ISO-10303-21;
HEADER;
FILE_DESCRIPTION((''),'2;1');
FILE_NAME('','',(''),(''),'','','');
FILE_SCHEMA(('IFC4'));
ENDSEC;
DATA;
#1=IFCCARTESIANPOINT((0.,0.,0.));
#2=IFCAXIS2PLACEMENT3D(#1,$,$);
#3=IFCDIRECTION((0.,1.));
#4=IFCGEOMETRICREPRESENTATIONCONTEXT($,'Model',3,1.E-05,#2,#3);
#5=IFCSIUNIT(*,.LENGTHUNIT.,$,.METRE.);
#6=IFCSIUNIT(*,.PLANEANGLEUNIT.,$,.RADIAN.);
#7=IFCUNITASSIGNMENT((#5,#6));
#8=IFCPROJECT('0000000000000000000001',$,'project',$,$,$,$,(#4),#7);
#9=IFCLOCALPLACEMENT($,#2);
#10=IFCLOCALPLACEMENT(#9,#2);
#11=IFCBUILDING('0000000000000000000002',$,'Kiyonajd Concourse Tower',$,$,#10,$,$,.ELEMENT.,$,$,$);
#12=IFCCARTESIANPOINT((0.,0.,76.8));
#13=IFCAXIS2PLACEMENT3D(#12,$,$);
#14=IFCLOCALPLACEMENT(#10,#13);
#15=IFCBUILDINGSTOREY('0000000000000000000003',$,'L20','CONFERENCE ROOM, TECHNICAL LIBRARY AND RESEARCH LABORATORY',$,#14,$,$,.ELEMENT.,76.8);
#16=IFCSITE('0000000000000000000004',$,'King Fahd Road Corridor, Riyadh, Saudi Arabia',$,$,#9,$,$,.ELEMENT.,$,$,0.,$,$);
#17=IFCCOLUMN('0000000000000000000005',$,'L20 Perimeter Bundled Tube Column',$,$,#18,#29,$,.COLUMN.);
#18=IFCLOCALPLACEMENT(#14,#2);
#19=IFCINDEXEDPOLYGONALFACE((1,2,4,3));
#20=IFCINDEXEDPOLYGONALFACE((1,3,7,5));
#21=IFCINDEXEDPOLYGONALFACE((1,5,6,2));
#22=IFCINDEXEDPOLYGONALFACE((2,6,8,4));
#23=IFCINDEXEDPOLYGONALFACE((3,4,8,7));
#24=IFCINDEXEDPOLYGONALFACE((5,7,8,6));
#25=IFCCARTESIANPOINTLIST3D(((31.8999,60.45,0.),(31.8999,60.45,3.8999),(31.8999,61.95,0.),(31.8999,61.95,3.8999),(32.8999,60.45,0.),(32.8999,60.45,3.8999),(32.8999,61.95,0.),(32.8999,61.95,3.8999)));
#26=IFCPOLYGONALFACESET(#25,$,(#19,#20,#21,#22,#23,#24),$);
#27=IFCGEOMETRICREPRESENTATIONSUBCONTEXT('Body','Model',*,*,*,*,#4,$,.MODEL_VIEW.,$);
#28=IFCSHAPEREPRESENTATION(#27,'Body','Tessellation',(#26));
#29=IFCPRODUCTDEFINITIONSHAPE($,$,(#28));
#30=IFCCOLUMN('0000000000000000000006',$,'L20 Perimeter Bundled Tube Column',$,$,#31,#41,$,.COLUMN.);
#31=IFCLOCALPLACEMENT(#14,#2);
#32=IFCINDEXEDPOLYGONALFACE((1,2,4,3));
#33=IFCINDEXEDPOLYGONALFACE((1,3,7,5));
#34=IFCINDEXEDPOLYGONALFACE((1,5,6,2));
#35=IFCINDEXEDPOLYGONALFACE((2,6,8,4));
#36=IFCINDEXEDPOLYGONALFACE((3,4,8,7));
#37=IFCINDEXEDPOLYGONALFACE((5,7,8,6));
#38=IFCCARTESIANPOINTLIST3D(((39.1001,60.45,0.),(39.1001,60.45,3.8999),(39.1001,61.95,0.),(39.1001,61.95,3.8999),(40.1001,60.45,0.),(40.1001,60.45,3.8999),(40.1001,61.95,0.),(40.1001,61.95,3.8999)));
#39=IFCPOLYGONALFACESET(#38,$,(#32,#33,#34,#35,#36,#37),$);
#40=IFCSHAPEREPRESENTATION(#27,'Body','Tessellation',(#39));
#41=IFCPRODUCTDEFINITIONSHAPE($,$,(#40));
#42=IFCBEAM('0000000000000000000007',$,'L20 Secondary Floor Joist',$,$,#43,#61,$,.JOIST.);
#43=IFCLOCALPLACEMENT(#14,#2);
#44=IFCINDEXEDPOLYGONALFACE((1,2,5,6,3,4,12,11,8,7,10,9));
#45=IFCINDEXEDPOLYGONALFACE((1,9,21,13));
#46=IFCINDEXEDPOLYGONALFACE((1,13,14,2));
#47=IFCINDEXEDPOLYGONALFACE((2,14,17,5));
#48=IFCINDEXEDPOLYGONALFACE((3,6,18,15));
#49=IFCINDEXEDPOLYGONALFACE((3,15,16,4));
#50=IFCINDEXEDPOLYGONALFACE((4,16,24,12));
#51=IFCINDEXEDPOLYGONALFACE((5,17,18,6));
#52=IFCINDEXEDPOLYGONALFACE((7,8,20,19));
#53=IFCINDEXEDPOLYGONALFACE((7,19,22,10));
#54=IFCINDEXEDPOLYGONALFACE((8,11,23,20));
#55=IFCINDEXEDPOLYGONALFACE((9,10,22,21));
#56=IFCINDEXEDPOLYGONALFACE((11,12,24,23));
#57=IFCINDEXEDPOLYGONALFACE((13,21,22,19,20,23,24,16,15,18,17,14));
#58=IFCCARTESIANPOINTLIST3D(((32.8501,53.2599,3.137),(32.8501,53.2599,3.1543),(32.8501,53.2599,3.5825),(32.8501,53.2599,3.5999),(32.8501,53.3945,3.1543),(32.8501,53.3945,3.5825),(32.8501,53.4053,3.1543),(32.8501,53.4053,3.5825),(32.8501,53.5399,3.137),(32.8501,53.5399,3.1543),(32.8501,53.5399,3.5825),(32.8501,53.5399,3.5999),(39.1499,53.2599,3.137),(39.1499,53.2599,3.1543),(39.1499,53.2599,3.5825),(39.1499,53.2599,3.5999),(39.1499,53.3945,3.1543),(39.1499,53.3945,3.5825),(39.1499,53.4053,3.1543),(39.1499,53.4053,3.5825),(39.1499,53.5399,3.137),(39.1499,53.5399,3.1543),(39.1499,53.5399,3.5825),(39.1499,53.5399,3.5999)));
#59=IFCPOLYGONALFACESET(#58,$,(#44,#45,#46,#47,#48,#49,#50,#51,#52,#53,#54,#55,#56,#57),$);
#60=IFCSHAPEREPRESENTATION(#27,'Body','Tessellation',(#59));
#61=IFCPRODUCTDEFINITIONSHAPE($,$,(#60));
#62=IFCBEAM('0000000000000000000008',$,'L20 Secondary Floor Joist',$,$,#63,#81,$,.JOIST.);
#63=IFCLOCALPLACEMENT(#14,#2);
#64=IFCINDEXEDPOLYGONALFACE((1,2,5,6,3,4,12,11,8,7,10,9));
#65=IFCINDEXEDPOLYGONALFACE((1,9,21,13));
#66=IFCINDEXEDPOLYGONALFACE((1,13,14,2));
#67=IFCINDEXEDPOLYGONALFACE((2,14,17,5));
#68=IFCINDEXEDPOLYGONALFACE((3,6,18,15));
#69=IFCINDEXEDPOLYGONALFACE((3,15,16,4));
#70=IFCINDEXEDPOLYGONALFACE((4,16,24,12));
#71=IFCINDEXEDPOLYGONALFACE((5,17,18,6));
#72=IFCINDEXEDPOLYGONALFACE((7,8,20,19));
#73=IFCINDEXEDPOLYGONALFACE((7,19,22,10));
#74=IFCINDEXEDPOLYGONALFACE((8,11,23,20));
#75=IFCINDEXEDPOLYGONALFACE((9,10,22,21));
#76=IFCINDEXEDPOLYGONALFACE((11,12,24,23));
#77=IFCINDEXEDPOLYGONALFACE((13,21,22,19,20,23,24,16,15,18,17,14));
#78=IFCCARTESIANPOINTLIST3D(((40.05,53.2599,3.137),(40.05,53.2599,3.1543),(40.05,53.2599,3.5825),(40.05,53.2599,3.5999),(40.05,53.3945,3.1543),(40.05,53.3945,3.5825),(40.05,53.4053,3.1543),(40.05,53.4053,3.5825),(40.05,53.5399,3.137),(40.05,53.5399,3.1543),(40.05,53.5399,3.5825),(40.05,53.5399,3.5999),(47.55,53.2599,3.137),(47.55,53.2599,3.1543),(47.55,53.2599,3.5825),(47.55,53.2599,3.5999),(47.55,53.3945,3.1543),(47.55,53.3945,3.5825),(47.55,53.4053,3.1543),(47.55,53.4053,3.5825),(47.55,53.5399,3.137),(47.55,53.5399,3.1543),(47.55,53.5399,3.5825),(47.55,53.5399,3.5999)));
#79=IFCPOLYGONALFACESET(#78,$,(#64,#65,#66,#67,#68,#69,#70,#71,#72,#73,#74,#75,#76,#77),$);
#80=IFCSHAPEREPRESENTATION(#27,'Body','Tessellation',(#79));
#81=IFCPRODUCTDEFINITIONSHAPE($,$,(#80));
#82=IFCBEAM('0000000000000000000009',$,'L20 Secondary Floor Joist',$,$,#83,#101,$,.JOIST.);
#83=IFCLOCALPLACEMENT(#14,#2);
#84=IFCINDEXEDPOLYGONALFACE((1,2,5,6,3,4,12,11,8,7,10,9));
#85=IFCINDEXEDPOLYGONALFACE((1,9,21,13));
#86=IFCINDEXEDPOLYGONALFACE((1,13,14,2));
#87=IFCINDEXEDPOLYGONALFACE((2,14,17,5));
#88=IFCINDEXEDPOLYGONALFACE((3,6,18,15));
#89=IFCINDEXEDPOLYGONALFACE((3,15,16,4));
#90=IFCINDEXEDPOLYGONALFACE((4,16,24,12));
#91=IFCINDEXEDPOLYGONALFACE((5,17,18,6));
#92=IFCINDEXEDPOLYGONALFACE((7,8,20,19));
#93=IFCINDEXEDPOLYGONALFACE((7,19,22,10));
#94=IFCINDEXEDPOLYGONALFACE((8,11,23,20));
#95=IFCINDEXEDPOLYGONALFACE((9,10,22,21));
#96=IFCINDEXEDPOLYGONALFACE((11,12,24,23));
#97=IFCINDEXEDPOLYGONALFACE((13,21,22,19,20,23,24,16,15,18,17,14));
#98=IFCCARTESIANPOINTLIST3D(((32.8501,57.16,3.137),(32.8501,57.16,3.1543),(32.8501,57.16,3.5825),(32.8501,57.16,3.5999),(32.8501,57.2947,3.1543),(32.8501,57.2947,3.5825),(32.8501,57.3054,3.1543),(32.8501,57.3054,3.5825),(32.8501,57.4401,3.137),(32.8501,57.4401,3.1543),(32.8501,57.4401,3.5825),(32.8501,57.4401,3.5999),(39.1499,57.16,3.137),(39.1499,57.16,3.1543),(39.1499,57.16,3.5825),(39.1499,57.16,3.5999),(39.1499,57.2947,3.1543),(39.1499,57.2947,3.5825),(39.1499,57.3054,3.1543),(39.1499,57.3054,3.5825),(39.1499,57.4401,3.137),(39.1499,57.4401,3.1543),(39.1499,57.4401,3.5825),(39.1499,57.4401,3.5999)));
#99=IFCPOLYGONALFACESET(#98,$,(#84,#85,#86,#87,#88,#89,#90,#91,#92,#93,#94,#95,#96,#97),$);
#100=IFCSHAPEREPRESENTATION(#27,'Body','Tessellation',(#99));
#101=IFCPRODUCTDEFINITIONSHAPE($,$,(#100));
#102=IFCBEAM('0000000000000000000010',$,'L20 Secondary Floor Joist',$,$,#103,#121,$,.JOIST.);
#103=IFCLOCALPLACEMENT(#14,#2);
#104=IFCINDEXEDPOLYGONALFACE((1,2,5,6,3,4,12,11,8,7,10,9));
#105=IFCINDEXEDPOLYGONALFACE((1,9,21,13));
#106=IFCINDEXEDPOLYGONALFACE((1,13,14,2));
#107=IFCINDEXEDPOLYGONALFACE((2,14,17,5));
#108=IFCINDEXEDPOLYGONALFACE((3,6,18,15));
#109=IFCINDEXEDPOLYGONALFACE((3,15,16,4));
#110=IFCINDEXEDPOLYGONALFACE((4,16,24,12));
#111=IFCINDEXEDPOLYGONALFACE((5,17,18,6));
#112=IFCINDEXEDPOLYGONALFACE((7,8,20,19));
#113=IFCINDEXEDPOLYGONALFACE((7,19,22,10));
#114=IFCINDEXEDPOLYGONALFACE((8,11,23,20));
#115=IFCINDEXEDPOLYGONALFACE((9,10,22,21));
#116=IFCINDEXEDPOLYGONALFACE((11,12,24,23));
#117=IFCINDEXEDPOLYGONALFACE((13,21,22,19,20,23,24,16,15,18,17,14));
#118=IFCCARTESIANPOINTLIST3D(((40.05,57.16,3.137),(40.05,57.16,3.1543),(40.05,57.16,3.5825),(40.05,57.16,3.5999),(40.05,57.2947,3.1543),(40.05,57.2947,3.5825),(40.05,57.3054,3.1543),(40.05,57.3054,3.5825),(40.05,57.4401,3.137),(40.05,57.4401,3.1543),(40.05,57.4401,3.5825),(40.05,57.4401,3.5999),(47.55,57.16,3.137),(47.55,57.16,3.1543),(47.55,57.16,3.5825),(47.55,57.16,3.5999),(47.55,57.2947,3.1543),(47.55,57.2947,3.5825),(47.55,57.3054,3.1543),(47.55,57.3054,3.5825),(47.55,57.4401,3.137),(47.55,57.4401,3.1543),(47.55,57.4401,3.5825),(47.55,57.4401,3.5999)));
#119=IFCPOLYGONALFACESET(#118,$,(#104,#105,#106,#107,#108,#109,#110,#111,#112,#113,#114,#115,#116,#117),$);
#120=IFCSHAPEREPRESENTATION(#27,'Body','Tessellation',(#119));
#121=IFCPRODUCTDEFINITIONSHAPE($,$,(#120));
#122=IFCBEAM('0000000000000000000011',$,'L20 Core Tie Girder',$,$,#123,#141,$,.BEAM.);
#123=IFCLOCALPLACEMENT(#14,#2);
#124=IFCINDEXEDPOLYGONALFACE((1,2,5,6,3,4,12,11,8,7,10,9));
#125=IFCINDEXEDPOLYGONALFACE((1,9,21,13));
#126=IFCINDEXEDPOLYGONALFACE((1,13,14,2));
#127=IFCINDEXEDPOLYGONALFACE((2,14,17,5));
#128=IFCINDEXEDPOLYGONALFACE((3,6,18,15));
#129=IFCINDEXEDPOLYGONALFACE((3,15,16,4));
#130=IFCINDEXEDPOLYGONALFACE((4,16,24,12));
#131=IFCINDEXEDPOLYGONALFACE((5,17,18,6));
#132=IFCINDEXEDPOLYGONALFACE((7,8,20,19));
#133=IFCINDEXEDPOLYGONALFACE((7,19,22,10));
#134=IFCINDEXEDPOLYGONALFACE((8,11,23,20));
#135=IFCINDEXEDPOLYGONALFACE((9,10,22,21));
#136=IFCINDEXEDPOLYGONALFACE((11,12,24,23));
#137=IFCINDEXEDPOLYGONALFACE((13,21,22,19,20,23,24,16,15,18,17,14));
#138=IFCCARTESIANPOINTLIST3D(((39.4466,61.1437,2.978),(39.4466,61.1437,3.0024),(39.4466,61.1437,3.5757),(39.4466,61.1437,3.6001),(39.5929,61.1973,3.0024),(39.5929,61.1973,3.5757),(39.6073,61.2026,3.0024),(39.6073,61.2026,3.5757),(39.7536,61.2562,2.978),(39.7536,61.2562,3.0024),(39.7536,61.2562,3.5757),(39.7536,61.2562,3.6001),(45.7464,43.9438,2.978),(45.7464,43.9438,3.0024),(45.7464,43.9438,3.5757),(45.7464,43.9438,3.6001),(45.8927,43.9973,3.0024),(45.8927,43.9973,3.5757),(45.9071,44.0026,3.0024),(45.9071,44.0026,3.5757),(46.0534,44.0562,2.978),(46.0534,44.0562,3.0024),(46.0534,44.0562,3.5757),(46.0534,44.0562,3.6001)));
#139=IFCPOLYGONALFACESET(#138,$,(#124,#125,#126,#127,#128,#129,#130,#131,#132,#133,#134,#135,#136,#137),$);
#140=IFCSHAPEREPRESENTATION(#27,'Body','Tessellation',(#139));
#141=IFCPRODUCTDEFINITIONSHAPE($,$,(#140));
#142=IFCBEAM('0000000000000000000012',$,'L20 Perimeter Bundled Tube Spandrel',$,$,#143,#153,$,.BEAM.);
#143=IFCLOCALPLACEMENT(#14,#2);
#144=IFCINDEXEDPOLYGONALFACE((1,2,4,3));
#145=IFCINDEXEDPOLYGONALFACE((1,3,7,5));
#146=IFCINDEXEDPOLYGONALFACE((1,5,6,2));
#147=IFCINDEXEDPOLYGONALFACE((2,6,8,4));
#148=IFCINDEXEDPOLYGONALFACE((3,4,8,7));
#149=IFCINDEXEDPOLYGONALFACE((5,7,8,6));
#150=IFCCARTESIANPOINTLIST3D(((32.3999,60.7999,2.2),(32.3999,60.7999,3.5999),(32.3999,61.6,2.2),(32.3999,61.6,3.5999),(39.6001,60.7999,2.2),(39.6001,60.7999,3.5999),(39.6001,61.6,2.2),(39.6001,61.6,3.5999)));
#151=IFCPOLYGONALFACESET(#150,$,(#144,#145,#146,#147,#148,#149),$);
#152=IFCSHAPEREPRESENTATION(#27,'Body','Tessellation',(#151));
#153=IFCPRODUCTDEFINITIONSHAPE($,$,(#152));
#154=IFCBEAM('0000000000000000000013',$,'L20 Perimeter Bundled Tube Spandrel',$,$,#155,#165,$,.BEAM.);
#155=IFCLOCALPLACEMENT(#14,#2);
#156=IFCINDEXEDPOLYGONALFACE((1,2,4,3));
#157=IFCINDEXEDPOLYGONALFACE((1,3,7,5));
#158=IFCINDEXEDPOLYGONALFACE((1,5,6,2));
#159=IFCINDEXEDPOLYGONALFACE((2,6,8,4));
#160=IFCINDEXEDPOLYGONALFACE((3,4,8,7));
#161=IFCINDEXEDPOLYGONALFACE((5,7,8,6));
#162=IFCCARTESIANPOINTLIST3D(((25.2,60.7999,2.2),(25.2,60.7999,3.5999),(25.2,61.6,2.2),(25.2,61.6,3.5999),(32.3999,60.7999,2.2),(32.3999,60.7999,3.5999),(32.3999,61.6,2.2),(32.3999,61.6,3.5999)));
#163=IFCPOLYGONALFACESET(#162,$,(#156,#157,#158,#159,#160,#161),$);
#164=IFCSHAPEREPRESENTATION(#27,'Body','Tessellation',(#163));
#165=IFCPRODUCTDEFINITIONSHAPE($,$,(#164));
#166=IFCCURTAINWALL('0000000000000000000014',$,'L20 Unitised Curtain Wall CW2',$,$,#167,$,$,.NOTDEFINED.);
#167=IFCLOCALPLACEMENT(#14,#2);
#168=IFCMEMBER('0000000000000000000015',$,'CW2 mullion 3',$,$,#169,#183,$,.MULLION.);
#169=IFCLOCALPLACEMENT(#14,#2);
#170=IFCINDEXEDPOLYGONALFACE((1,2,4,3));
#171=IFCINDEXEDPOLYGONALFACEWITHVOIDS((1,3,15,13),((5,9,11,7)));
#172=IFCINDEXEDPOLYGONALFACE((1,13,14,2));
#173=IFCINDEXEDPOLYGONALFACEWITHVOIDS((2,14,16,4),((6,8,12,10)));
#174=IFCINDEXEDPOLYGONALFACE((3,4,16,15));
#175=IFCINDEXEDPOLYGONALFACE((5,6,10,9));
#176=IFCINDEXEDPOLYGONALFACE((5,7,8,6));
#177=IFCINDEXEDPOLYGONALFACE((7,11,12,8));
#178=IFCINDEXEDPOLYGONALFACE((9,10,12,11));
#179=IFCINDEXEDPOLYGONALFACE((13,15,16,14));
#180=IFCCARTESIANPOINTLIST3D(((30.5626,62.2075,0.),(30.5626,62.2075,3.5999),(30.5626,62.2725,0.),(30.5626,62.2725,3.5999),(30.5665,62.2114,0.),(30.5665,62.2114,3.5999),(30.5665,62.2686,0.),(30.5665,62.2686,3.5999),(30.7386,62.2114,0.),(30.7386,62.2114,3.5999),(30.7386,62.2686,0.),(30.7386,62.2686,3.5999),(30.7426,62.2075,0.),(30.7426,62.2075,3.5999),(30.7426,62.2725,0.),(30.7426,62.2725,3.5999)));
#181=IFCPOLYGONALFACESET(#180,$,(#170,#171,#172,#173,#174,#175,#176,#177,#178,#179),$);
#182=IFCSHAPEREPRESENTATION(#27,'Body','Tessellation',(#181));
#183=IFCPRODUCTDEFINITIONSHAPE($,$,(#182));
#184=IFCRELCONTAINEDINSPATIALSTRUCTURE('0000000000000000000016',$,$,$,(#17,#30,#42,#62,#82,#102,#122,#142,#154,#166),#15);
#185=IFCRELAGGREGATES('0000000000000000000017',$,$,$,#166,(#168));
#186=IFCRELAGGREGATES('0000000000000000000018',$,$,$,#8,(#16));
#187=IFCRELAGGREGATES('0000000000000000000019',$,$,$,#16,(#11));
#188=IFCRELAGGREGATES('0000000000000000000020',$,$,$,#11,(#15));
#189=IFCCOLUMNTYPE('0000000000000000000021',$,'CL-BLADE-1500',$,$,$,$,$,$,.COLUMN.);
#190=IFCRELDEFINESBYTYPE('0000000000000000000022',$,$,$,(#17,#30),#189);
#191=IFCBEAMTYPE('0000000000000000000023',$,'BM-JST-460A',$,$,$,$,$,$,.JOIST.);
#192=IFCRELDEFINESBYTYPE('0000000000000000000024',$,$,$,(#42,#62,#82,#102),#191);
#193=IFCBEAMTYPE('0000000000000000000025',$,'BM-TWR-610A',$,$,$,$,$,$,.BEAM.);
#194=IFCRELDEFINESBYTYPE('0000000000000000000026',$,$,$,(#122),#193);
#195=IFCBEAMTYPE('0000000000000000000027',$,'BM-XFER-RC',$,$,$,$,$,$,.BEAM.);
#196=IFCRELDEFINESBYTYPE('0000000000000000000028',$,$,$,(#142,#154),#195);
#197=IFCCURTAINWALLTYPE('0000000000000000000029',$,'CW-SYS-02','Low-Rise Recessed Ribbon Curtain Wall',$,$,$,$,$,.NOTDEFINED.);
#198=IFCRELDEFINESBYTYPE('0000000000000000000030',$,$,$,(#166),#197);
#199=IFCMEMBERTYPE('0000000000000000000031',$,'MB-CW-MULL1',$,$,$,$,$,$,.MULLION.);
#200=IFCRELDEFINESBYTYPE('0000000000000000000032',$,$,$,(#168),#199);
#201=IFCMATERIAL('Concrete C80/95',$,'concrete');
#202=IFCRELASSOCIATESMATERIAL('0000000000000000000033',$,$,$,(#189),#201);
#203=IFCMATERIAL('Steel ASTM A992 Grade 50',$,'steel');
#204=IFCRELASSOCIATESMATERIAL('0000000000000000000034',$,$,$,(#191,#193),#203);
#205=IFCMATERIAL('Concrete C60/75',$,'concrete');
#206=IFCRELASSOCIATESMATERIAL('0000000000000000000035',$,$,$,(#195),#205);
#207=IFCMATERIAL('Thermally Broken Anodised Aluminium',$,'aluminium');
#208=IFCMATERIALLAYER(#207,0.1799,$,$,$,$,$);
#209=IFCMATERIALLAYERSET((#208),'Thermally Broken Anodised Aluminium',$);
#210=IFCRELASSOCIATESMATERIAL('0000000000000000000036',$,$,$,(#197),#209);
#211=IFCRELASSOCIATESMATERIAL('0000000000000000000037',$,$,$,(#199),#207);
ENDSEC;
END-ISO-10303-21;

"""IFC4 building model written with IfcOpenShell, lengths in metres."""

from ifc_helpers import new_model, si_unit, direction, frame, origin, origin_2d, place, context, subcontext, project, spatial, rectangle, hollow_rectangle, i_section, extrude, material, layer, layer_set, material_profile, profile_set, type_object, element, aggregate, save


model = new_model("IFC4")

# Units and contexts
model_context = context("Model", 3, precision=1e-05, world=origin(), true_north=direction((0.0, 1.0)))
body_context = subcontext(model_context, "Body", "Model", "MODEL_VIEW")
ifc_project = project(units=[si_unit("LENGTHUNIT", "METRE"), si_unit("PLANEANGLEUNIT", "RADIAN")], contexts=[model_context])

# Site, building, storey
site_placement = place(None, origin())
site = spatial("IfcSite", under=ifc_project, at=site_placement, Name="King Fahd Road Corridor, Riyadh, Saudi Arabia", CompositionType="ELEMENT", RefElevation=0.0)
building_placement = place(site_placement, origin())
building = spatial("IfcBuilding", under=site, at=building_placement, Name="Kiyonajd Concourse Tower", CompositionType="ELEMENT")
storey_placement = place(building_placement, frame((0.0, 0.0, 76.8)))
storey = spatial("IfcBuildingStorey", under=building, at=storey_placement, Name="L20", Description="CONFERENCE ROOM, TECHNICAL LIBRARY AND RESEARCH LABORATORY", CompositionType="ELEMENT", Elevation=76.8)

# Columns
ifc_material_1 = material(Name="Concrete C80/95", Category="concrete")
ifc_material_profile_1 = material_profile(ifc_material_1, rectangle(XDim=1.0, YDim=1.5, at=origin_2d()), Name="RC-1500x1000")
ifc_profile_set_1 = profile_set([ifc_material_profile_1], Name="Concrete C80/95")
column_type = type_object("IfcColumnType", Name="CL-BLADE-1500", PredefinedType="COLUMN", material=ifc_profile_set_1)
for number, where, z_axis, x_axis, name in (
    (1, (32.3999, 61.2, 0.0), (0.0, 0.0, 1.0), (1.0, 0.0, 0.0), "L20 Perimeter Bundled Tube Column"),
    (2, (39.6001, 61.2, 0.0), (0.0, 0.0, 1.0), (1.0, 0.0, 0.0), "L20 Perimeter Bundled Tube Column"),
):
    element("IfcColumn", number, at=place(storey_placement, frame(where, z_axis=z_axis, x_axis=x_axis)), inside=storey, type_object=column_type, Name=name, PredefinedType="COLUMN", context=body_context, shape_type="SweptSolid", body=[
        extrude(rectangle(XDim=1.0, YDim=1.5, at=origin_2d()), origin(), (0.0, 0.0, 1.0), 3.8999),
    ])

# Beams
ifc_material_2 = material(Name="Steel ASTM A992 Grade 50", Category="steel")
ifc_material_profile_2 = material_profile(ifc_material_2, i_section(OverallWidth=0.28, OverallDepth=0.4629, WebThickness=0.0107, FlangeThickness=0.0173, at=origin_2d()), Name="W460X113")
ifc_profile_set_2 = profile_set([ifc_material_profile_2], Name="Steel ASTM A992 Grade 50")
beam_type_1 = type_object("IfcBeamType", Name="BM-JST-460A", PredefinedType="JOIST", material=ifc_profile_set_2)
beam_1_placement = place(storey_placement, frame((32.8501, 53.3999, 3.3684), z_axis=(1.0, 0.0, 0.0), x_axis=(0.0, 1.0, 0.0)))
element("IfcBeam", 3, at=beam_1_placement, inside=storey, type_object=beam_type_1, Name="L20 Secondary Floor Joist", PredefinedType="JOIST", context=body_context, shape_type="SweptSolid", body=[
    extrude(i_section(OverallWidth=0.28, OverallDepth=0.4629, WebThickness=0.0107, FlangeThickness=0.0173, at=origin_2d()), origin(), (0.0, 0.0, 1.0), 6.2998),
])
beam_2_placement = place(storey_placement, frame((40.05, 53.3999, 3.3684), z_axis=(1.0, 0.0, 0.0), x_axis=(0.0, 1.0, 0.0)))
element("IfcBeam", 4, at=beam_2_placement, inside=storey, type_object=beam_type_1, Name="L20 Secondary Floor Joist", PredefinedType="JOIST", context=body_context, shape_type="SweptSolid", body=[
    extrude(i_section(OverallWidth=0.28, OverallDepth=0.4629, WebThickness=0.0107, FlangeThickness=0.0173, at=origin_2d()), origin(), (0.0, 0.0, 1.0), 7.5),
])
beam_3_placement = place(storey_placement, frame((32.8501, 57.3, 3.3684), z_axis=(1.0, 0.0, 0.0), x_axis=(0.0, 1.0, 0.0)))
element("IfcBeam", 5, at=beam_3_placement, inside=storey, type_object=beam_type_1, Name="L20 Secondary Floor Joist", PredefinedType="JOIST", context=body_context, shape_type="SweptSolid", body=[
    extrude(i_section(OverallWidth=0.28, OverallDepth=0.4629, WebThickness=0.0107, FlangeThickness=0.0173, at=origin_2d()), origin(), (0.0, 0.0, 1.0), 6.2998),
])
beam_4_placement = place(storey_placement, frame((40.05, 57.3, 3.3684), z_axis=(1.0, 0.0, 0.0), x_axis=(0.0, 1.0, 0.0)))
element("IfcBeam", 6, at=beam_4_placement, inside=storey, type_object=beam_type_1, Name="L20 Secondary Floor Joist", PredefinedType="JOIST", context=body_context, shape_type="SweptSolid", body=[
    extrude(i_section(OverallWidth=0.28, OverallDepth=0.4629, WebThickness=0.0107, FlangeThickness=0.0173, at=origin_2d()), origin(), (0.0, 0.0, 1.0), 7.5),
])
ifc_material_profile_3 = material_profile(ifc_material_2, i_section(OverallWidth=0.3269, OverallDepth=0.6221, WebThickness=0.0154, FlangeThickness=0.0244, at=origin_2d()), Name="W610X195")
ifc_profile_set_3 = profile_set([ifc_material_profile_3], Name="Steel ASTM A992 Grade 50")
beam_type_2 = type_object("IfcBeamType", Name="BM-TWR-610A", PredefinedType="BEAM", material=ifc_profile_set_3)
beam_5_placement = place(storey_placement, frame((39.6001, 61.2, 3.2891), z_axis=(0.343925, -0.938997, 0.0), x_axis=(0.938997, 0.343925, 0.0)))
element("IfcBeam", 7, at=beam_5_placement, inside=storey, type_object=beam_type_2, Name="L20 Core Tie Girder", PredefinedType="BEAM", context=body_context, shape_type="SweptSolid", body=[
    extrude(i_section(OverallWidth=0.3269, OverallDepth=0.6221, WebThickness=0.0154, FlangeThickness=0.0244, at=origin_2d()), origin(), (0.0, 0.0, 1.0), 18.3174),
])
ifc_material_3 = material(Name="Concrete C60/75", Category="concrete")
ifc_material_profile_4 = material_profile(ifc_material_3, rectangle(XDim=0.8, YDim=1.3999, at=origin_2d()), Name="RCBM-800x1400")
ifc_profile_set_4 = profile_set([ifc_material_profile_4], Name="Concrete C60/75")
beam_type_3 = type_object("IfcBeamType", Name="BM-XFER-RC", PredefinedType="BEAM", material=ifc_profile_set_4)
beam_6_placement = place(storey_placement, frame((39.6001, 61.2, 2.8999), z_axis=(-1.0, 0.0, 0.0), x_axis=(0.0, -1.0, 0.0)))
element("IfcBeam", 8, at=beam_6_placement, inside=storey, type_object=beam_type_3, Name="L20 Perimeter Bundled Tube Spandrel", PredefinedType="BEAM", context=body_context, shape_type="SweptSolid", body=[
    extrude(rectangle(XDim=0.8, YDim=1.3999, at=origin_2d()), origin(), (0.0, 0.0, 1.0), 7.2002),
])
beam_7_placement = place(storey_placement, frame((32.3999, 61.2, 2.8999), z_axis=(-1.0, 0.0, 0.0), x_axis=(0.0, -1.0, 0.0)))
element("IfcBeam", 9, at=beam_7_placement, inside=storey, type_object=beam_type_3, Name="L20 Perimeter Bundled Tube Spandrel", PredefinedType="BEAM", context=body_context, shape_type="SweptSolid", body=[
    extrude(rectangle(XDim=0.8, YDim=1.3999, at=origin_2d()), origin(), (0.0, 0.0, 1.0), 7.2),
])

# Curtain wall, member
ifc_material_4 = material(Name="Thermally Broken Anodised Aluminium", Category="aluminium")
ifc_layer_1 = layer(ifc_material_4, 0.1799)
ifc_layer_set_1 = layer_set([ifc_layer_1], Name="Thermally Broken Anodised Aluminium")
curtain_wall_type = type_object("IfcCurtainWallType", Name="CW-SYS-02", Description="Low-Rise Recessed Ribbon Curtain Wall", PredefinedType="NOTDEFINED", material=ifc_layer_set_1)
curtain_wall_placement = place(storey_placement, origin())
curtain_wall = element("IfcCurtainWall", 10, at=curtain_wall_placement, inside=storey, type_object=curtain_wall_type, Name="L20 Unitised Curtain Wall CW2", PredefinedType="NOTDEFINED")
ifc_material_profile_5 = material_profile(ifc_material_4, hollow_rectangle(XDim=0.0649, YDim=0.1799, WallThickness=0.0039, at=origin_2d()), Name="MULL-65x180")
ifc_profile_set_5 = profile_set([ifc_material_profile_5], Name="Thermally Broken Anodised Aluminium")
member_type_1 = type_object("IfcMemberType", Name="MB-CW-MULL1", PredefinedType="MULLION", material=ifc_profile_set_5)
member_1_placement = place(storey_placement, frame((30.6526, 62.24, 0.0), z_axis=(0.0, 0.0, 1.0), x_axis=(0.0, 1.0, 0.0)))
member_1 = element("IfcMember", 11, at=member_1_placement, type_object=member_type_1, Name="CW2 mullion 3", PredefinedType="MULLION", context=body_context, shape_type="SweptSolid", body=[
    extrude(hollow_rectangle(XDim=0.0649, YDim=0.1799, WallThickness=0.0039, at=origin_2d()), origin(), (0.0, 0.0, 1.0), 3.5999),
])

aggregate(curtain_wall, [member_1])

save(model, "model.ifc")
